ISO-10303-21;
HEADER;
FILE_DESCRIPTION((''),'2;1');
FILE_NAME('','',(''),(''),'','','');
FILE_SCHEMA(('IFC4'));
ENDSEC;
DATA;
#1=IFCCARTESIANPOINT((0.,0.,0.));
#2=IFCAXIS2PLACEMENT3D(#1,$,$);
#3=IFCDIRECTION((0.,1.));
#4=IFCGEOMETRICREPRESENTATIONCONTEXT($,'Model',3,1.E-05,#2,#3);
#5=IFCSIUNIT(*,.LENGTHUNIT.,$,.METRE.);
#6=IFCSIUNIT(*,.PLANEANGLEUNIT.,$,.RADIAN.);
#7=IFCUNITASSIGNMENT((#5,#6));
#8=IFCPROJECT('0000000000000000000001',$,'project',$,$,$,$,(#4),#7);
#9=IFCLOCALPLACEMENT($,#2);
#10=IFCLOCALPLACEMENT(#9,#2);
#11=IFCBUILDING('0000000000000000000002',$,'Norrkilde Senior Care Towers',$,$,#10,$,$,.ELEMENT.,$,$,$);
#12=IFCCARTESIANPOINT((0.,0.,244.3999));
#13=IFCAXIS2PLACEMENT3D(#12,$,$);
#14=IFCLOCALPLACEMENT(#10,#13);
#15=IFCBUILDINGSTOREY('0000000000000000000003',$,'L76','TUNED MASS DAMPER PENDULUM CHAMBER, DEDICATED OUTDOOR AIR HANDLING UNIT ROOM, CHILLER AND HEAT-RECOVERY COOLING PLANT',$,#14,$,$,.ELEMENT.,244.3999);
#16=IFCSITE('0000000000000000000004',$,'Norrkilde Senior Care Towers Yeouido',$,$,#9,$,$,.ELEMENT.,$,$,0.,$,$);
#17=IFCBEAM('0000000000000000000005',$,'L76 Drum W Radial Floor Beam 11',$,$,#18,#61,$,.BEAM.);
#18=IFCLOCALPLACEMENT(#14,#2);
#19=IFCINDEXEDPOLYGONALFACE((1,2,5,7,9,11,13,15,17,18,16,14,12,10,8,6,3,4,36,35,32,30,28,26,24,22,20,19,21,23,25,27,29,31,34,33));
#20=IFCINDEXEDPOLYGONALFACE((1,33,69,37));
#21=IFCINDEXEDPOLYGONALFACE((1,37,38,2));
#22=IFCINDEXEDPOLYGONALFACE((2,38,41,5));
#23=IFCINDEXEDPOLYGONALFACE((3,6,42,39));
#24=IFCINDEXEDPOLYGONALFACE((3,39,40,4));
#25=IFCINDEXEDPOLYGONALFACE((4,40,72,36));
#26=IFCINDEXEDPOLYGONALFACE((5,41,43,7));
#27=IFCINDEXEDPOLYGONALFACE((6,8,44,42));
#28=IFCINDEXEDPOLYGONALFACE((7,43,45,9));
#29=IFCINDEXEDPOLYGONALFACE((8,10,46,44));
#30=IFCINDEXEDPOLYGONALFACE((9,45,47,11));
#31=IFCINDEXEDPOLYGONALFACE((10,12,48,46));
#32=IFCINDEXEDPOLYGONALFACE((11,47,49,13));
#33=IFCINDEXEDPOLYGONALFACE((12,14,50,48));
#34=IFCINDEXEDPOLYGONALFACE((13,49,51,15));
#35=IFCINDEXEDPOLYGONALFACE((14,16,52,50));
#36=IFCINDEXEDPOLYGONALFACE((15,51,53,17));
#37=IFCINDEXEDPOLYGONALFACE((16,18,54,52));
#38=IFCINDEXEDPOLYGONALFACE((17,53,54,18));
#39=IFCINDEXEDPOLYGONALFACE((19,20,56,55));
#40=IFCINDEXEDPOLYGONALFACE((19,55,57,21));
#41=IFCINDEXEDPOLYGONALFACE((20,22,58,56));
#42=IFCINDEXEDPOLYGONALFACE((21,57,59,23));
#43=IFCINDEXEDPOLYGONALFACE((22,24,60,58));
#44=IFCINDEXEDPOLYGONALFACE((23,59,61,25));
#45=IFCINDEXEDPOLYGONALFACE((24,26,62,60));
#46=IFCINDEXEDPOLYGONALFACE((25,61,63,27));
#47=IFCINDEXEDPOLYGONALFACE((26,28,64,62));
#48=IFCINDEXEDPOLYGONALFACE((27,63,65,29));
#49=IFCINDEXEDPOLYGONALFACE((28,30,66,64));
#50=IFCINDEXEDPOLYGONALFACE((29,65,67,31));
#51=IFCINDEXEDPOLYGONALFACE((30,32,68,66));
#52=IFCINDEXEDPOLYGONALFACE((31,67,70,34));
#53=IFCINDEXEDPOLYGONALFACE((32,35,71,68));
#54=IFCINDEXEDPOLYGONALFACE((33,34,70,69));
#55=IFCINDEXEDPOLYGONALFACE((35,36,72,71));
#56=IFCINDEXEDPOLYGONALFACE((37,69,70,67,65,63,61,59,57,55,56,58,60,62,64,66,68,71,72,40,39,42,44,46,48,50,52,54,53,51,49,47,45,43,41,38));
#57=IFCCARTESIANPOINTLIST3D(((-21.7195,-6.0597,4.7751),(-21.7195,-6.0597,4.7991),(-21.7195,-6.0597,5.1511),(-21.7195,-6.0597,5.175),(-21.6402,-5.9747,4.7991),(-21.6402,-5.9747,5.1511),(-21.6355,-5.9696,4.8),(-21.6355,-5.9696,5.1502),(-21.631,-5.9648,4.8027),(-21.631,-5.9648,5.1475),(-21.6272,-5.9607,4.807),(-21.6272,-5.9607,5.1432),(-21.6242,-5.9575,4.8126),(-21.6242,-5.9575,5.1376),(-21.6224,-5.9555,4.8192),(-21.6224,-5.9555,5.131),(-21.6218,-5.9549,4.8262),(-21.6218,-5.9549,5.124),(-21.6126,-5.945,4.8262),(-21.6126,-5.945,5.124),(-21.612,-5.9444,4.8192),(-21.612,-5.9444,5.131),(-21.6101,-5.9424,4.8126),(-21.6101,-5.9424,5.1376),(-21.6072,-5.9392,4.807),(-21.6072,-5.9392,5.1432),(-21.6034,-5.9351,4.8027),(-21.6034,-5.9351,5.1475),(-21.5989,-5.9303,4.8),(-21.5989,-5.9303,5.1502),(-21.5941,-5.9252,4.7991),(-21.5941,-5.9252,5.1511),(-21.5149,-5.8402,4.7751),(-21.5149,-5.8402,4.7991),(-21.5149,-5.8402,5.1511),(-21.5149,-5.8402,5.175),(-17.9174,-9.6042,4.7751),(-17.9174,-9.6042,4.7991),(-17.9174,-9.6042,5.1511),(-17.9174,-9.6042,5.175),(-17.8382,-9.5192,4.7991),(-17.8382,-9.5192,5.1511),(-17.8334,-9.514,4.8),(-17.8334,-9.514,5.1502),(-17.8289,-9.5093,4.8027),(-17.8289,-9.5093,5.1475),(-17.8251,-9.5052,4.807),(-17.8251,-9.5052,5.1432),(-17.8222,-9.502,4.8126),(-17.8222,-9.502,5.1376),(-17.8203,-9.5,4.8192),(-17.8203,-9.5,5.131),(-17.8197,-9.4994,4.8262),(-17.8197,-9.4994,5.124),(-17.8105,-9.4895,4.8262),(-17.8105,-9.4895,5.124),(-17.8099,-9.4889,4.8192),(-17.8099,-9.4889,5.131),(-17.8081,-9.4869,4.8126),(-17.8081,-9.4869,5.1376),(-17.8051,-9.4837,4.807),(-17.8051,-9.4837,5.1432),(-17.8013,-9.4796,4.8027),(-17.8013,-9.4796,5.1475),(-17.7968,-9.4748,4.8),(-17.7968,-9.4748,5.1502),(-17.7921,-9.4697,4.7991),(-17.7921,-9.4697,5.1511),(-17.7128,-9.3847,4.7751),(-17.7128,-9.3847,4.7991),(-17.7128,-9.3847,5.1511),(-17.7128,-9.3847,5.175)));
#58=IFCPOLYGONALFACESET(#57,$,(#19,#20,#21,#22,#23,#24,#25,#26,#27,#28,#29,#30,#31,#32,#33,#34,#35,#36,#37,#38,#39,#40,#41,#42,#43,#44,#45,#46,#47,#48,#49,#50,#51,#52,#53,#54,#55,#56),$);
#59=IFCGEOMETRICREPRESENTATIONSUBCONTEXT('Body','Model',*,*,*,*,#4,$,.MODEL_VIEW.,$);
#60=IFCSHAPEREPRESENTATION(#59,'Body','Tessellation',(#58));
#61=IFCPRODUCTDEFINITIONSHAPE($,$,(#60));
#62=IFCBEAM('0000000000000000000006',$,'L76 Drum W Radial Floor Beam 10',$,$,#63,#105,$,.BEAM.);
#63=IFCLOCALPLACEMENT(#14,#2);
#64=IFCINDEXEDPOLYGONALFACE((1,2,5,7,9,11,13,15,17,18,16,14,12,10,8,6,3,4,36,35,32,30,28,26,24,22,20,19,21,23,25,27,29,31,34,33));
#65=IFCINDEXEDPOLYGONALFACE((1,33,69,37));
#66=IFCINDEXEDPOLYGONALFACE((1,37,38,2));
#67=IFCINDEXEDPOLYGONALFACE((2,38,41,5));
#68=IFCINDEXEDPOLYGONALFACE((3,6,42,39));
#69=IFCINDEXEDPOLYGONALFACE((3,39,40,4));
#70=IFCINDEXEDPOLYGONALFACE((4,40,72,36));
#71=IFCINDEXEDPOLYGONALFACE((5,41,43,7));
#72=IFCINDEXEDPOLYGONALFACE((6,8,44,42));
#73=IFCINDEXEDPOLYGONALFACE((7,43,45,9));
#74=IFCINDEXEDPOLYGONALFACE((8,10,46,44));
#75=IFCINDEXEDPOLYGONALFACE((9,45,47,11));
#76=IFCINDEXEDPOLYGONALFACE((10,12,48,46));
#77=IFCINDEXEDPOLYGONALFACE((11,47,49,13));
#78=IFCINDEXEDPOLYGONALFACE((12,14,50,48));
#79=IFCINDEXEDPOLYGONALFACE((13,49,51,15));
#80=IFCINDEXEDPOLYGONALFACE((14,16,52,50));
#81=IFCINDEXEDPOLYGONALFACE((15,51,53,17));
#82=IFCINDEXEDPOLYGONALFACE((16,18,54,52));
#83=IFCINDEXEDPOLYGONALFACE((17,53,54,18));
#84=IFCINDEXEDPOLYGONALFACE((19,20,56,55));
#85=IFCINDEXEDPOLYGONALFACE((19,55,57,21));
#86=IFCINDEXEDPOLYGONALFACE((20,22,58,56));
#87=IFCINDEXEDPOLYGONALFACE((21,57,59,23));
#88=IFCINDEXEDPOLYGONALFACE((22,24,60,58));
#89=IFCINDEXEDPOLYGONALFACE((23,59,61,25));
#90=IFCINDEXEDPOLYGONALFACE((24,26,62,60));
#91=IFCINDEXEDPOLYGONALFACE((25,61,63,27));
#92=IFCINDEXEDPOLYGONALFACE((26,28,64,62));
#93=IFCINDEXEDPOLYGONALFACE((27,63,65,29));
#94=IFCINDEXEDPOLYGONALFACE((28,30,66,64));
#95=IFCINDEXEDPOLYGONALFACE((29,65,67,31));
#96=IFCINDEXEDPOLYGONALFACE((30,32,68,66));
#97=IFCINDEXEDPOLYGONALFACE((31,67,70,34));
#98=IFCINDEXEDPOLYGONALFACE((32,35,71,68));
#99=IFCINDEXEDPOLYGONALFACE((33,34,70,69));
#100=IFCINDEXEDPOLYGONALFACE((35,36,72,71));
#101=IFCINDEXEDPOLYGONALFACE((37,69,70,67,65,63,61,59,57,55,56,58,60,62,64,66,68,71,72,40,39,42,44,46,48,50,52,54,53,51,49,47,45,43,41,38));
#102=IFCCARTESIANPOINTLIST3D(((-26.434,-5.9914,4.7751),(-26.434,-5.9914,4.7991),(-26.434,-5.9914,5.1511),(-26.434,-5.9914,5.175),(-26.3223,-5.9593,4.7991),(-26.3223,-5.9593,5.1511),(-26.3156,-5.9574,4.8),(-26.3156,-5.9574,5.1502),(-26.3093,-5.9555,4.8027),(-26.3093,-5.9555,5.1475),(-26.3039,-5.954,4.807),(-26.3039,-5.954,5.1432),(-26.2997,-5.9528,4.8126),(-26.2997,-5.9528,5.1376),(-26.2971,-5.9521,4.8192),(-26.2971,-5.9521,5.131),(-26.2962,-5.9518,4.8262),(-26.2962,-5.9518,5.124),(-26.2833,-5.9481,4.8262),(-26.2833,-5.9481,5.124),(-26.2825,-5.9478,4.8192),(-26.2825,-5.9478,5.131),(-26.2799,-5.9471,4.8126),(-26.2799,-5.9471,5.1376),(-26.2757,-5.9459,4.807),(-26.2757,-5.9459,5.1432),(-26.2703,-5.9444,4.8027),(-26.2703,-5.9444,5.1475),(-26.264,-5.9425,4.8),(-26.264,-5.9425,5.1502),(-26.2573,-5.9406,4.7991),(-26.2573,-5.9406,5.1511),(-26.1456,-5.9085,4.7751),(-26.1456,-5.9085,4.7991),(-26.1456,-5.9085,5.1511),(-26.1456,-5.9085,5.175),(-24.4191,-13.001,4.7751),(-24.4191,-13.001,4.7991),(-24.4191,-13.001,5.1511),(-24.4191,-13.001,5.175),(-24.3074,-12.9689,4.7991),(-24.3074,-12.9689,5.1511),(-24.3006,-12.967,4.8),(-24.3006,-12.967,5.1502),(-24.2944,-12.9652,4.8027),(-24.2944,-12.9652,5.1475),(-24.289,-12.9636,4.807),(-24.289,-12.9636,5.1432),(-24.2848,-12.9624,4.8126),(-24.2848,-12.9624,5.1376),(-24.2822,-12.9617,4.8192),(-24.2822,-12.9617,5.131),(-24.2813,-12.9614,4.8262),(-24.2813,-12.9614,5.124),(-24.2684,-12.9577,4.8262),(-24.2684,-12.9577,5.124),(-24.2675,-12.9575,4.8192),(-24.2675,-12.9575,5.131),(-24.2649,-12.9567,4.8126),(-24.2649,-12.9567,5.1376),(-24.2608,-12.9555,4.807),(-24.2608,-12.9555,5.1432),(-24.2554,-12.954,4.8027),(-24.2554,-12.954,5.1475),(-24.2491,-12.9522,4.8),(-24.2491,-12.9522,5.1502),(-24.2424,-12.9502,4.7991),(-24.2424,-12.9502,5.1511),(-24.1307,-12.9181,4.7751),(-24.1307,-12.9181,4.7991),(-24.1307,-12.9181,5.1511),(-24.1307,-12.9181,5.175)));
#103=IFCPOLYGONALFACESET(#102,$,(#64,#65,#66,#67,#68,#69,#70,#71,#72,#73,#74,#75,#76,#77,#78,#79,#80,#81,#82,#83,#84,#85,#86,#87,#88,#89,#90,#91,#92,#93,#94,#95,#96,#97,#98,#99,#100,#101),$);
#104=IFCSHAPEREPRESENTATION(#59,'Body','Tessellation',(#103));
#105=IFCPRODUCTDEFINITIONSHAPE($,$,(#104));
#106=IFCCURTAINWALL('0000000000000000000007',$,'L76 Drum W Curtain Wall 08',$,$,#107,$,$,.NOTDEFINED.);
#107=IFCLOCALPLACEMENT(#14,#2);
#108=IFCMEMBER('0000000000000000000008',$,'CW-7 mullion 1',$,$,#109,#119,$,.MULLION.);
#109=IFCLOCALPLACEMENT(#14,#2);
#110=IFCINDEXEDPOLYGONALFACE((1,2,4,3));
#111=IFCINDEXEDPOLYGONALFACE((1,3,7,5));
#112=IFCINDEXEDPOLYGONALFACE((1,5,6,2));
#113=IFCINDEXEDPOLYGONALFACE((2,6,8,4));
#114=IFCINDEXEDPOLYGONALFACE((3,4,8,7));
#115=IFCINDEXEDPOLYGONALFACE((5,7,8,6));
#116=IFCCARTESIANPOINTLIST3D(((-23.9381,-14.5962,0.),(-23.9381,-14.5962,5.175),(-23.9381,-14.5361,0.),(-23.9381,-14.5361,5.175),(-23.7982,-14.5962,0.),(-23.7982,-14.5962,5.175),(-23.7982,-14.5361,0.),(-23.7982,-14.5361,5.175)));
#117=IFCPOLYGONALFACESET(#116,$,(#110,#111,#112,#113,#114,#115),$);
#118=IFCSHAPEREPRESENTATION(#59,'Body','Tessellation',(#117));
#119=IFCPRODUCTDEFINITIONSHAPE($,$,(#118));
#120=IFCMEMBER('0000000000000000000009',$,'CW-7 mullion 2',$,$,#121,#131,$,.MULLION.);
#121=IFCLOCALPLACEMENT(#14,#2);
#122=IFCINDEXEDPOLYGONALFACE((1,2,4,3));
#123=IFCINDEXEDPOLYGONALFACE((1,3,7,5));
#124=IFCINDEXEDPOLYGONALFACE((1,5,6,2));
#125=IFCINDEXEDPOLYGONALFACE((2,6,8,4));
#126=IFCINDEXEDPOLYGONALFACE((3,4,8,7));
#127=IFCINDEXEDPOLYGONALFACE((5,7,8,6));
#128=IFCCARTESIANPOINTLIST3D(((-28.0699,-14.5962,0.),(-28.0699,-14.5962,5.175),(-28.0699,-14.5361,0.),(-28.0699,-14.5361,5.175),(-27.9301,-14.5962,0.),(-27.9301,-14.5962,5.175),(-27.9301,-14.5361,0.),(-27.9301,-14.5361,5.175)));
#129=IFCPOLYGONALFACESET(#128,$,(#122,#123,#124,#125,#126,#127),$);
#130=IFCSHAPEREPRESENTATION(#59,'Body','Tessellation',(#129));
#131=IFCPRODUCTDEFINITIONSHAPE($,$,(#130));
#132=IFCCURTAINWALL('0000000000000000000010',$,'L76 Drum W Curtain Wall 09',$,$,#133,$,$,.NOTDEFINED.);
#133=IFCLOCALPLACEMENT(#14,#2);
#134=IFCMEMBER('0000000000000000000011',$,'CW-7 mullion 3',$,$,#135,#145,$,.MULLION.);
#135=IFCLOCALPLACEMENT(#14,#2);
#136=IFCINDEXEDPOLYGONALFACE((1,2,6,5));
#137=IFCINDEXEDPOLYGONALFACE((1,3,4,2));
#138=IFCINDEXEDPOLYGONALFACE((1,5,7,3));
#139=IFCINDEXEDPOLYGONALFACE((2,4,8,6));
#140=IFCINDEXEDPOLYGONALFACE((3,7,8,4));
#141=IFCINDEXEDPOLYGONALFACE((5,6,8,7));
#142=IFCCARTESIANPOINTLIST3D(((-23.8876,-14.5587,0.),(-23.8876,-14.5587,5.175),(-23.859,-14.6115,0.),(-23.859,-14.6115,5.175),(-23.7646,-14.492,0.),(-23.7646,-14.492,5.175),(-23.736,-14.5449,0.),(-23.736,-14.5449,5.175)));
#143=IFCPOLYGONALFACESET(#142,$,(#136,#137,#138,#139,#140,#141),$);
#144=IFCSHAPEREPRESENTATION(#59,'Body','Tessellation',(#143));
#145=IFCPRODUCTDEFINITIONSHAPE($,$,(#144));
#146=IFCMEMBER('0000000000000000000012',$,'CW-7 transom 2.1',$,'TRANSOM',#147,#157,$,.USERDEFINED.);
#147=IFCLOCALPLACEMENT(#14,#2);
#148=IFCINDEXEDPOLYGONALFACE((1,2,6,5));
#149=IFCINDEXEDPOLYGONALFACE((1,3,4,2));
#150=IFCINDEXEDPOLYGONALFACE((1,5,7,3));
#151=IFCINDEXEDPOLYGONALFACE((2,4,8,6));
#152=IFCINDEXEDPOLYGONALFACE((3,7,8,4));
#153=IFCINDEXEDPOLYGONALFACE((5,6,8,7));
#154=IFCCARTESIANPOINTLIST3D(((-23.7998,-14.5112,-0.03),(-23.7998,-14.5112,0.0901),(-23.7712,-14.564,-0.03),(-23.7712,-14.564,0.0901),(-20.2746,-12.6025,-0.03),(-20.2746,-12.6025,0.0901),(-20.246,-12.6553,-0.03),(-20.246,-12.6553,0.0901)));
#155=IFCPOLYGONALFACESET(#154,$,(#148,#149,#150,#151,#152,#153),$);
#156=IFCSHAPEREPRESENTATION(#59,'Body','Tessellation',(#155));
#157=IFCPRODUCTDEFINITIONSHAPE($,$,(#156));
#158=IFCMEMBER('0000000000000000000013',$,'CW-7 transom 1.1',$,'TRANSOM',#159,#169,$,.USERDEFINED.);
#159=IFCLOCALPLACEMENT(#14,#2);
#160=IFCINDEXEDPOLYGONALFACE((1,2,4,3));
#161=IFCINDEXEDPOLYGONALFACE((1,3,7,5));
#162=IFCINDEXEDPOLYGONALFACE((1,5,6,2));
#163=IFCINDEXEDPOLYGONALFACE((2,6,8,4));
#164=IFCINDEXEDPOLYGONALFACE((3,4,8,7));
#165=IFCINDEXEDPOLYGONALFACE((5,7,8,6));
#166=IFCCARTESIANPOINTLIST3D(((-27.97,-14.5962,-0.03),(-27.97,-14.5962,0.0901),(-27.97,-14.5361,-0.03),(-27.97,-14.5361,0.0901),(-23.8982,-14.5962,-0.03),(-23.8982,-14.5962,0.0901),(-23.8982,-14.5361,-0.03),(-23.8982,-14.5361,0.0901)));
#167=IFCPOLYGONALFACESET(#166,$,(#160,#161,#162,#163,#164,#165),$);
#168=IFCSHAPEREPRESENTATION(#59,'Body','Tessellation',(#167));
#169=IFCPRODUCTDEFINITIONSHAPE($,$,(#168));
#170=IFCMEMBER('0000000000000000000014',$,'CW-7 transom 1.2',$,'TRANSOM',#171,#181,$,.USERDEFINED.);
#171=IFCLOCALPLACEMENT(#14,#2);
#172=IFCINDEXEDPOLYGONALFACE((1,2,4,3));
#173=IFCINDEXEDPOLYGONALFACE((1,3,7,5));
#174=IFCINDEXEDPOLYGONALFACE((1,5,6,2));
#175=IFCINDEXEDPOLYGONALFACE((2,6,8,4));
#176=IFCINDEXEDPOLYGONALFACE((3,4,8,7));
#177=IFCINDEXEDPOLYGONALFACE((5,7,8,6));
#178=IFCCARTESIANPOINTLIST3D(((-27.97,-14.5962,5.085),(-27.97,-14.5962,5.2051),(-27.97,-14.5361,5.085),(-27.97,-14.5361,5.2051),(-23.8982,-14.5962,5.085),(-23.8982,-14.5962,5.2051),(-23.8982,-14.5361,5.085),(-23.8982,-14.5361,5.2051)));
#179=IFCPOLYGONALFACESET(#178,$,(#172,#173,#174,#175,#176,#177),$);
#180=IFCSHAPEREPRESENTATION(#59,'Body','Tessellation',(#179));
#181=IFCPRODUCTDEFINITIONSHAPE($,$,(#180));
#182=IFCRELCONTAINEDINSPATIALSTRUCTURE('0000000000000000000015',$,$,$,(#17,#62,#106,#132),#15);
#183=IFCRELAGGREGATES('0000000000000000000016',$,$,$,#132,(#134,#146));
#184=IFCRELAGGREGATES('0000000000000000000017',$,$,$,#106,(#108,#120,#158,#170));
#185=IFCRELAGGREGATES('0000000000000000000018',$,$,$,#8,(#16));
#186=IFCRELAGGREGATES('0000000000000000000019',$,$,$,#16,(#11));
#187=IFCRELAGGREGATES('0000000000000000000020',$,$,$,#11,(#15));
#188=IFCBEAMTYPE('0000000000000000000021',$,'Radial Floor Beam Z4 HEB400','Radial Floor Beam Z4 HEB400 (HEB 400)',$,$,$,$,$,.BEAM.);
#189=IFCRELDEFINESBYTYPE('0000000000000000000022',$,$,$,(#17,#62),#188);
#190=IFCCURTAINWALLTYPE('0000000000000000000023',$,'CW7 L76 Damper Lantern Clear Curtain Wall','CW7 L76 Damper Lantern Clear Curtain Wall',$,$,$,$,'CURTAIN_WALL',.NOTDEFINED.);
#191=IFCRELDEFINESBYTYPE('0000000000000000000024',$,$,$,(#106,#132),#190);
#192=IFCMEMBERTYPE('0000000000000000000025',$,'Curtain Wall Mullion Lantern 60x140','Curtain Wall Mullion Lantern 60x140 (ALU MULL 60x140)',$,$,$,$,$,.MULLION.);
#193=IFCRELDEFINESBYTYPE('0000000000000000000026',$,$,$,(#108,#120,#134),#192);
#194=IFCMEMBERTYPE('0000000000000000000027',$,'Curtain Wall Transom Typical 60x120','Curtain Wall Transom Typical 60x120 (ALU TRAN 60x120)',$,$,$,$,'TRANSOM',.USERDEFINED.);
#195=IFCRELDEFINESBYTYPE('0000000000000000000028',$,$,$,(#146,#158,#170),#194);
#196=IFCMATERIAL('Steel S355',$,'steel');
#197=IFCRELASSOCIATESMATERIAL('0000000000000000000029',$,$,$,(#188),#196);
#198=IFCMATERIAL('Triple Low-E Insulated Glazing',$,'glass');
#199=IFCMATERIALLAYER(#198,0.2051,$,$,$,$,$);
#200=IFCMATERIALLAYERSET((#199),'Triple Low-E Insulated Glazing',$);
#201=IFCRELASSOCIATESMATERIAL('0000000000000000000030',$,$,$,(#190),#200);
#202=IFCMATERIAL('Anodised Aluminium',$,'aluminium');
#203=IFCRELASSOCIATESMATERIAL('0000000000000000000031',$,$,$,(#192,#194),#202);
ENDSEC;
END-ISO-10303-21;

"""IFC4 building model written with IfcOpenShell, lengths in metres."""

from ifc_helpers import new_model, si_unit, direction, frame, origin, origin_2d, place, context, subcontext, project, spatial, rectangle, i_section, extrude, source, transform, mapped, material, layer, layer_set, material_profile, profile_set, type_object, type_shapes, element, aggregate, save


model = new_model("IFC4")

# Units and contexts
model_context = context("Model", 3, precision=1e-05, world=origin(), true_north=direction((0.0, 1.0)))
body_context = subcontext(model_context, "Body", "Model", "MODEL_VIEW")
ifc_project = project(units=[si_unit("LENGTHUNIT", "METRE"), si_unit("PLANEANGLEUNIT", "RADIAN")], contexts=[model_context])

# Site, building, storey
site_placement = place(None, origin())
site = spatial("IfcSite", under=ifc_project, at=site_placement, Name="Norrkilde Senior Care Towers Yeouido", CompositionType="ELEMENT", RefElevation=0.0)
building_placement = place(site_placement, origin())
building = spatial("IfcBuilding", under=site, at=building_placement, Name="Norrkilde Senior Care Towers", CompositionType="ELEMENT")
storey_placement = place(building_placement, frame((0.0, 0.0, 244.3999)))
storey = spatial("IfcBuildingStorey", under=building, at=storey_placement, Name="L76", Description="TUNED MASS DAMPER PENDULUM CHAMBER, DEDICATED OUTDOOR AIR HANDLING UNIT ROOM, CHILLER AND HEAT-RECOVERY COOLING PLANT", CompositionType="ELEMENT", Elevation=244.3999)

# Beams
ifc_material_1 = material(Name="Steel S355", Category="steel")
ifc_material_profile_1 = material_profile(ifc_material_1, i_section(OverallWidth=0.3, OverallDepth=0.3999, WebThickness=0.0134, FlangeThickness=0.0239, FilletRadius=0.0271, at=origin_2d()), Name="HEB 400")
ifc_profile_set_1 = profile_set([ifc_material_profile_1], Name="Steel S355")
beam_type_1 = type_object("IfcBeamType", Name="Radial Floor Beam Z4 HEB400", Description="Radial Floor Beam Z4 HEB400 (HEB 400)", PredefinedType="BEAM", material=ifc_profile_set_1)
shared_shape_1 = source(origin(), body_context, "Body", "SweptSolid", [
    extrude(i_section(OverallWidth=0.3, OverallDepth=0.3999, WebThickness=0.0134, FlangeThickness=0.0239, FilletRadius=0.0271, at=origin_2d()), origin(), (0.0, 0.0, 1.0), 5.198),
])
beam_1_placement = place(storey_placement, frame((-21.6172, -5.95, 4.9751), z_axis=(0.731449, -0.681896, 0.0), x_axis=(0.681896, 0.731449, 0.0)))
element("IfcBeam", 1, at=beam_1_placement, inside=storey, type_object=beam_type_1, Name="L76 Drum W Radial Floor Beam 11", PredefinedType="BEAM", context=body_context, shape_type="MappedRepresentation", body=[
    mapped(shared_shape_1, transform((0.0, 0.0, 0.0), x_axis=(1.0, 0.0, 0.0), y_axis=(0.0, 1.0, 0.0), z_axis=(0.0, 0.0, 1.0), scale=1.0)),
])
shared_shape_2 = source(origin(), body_context, "Body", "SweptSolid", [
    extrude(i_section(OverallWidth=0.3, OverallDepth=0.3999, WebThickness=0.0134, FlangeThickness=0.0239, FilletRadius=0.0271, at=origin_2d()), origin(), (0.0, 0.0, 1.0), 7.2935),
])
beam_2_placement = place(storey_placement, frame((-26.2898, -5.95, 4.9751), z_axis=(0.276264, -0.961082, 0.0), x_axis=(0.961082, 0.276264, 0.0)))
element("IfcBeam", 2, at=beam_2_placement, inside=storey, type_object=beam_type_1, Name="L76 Drum W Radial Floor Beam 10", PredefinedType="BEAM", context=body_context, shape_type="MappedRepresentation", body=[
    mapped(shared_shape_2, transform((0.0, 0.0, 0.0), x_axis=(1.0, 0.0, 0.0), y_axis=(0.0, 1.0, 0.0), z_axis=(0.0, 0.0, 1.0), scale=1.0)),
])

# Curtain walls, members
ifc_material_2 = material(Name="Triple Low-E Insulated Glazing", Category="glass")
ifc_layer_1 = layer(ifc_material_2, 0.2051)
ifc_layer_set_1 = layer_set([ifc_layer_1], Name="Triple Low-E Insulated Glazing")
curtain_wall_type = type_object("IfcCurtainWallType", Name="CW7 L76 Damper Lantern Clear Curtain Wall", Description="CW7 L76 Damper Lantern Clear Curtain Wall", ElementType="CURTAIN_WALL", PredefinedType="NOTDEFINED", material=ifc_layer_set_1)
curtain_wall_1_placement = place(storey_placement, origin())
curtain_wall_1 = element("IfcCurtainWall", 3, at=curtain_wall_1_placement, inside=storey, type_object=curtain_wall_type, Name="L76 Drum W Curtain Wall 08", PredefinedType="NOTDEFINED")
ifc_material_3 = material(Name="Anodised Aluminium", Category="aluminium")
ifc_material_profile_2 = material_profile(ifc_material_3, rectangle(XDim=0.0601, YDim=0.1399, at=origin_2d()), Name="ALU MULL 60x140")
ifc_profile_set_2 = profile_set([ifc_material_profile_2], Name="Anodised Aluminium")
member_type_1 = type_object("IfcMemberType", Name="Curtain Wall Mullion Lantern 60x140", Description="Curtain Wall Mullion Lantern 60x140 (ALU MULL 60x140)", PredefinedType="MULLION", material=ifc_profile_set_2)
shared_shape_3 = source(origin(), body_context, "Body", "SweptSolid", [
    extrude(rectangle(XDim=0.0601, YDim=0.1399, at=origin_2d()), origin(), (0.0, 0.0, 1.0), 5.175),
])
type_shapes(member_type_1, [shared_shape_3])
member_1_placement = place(storey_placement, frame((-23.8682, -14.5662, 0.0), z_axis=(0.0, 0.0, 1.0), x_axis=(0.0, -1.0, 0.0)))
member_1 = element("IfcMember", 4, at=member_1_placement, type_object=member_type_1, Name="CW-7 mullion 1", PredefinedType="MULLION", context=body_context, shape_type="MappedRepresentation", body=[
    mapped(shared_shape_3, transform((0.0, 0.0, 0.0), x_axis=(1.0, 0.0, 0.0), y_axis=(0.0, 1.0, 0.0), z_axis=(0.0, 0.0, 1.0), scale=1.0)),
])
member_2_placement = place(storey_placement, frame((-28.0, -14.5662, 0.0), z_axis=(0.0, 0.0, 1.0), x_axis=(0.0, -1.0, 0.0)))
member_2 = element("IfcMember", 5, at=member_2_placement, type_object=member_type_1, Name="CW-7 mullion 2", PredefinedType="MULLION", context=body_context, shape_type="MappedRepresentation", body=[
    mapped(shared_shape_3, transform((0.0, 0.0, 0.0), x_axis=(1.0, 0.0, 0.0), y_axis=(0.0, 1.0, 0.0), z_axis=(0.0, 0.0, 1.0), scale=1.0)),
])
curtain_wall_2_placement = place(storey_placement, origin())
curtain_wall_2 = element("IfcCurtainWall", 6, at=curtain_wall_2_placement, inside=storey, type_object=curtain_wall_type, Name="L76 Drum W Curtain Wall 09", PredefinedType="NOTDEFINED")
member_3_placement = place(storey_placement, frame((-23.8118, -14.5518, 0.0), z_axis=(0.0, 0.0, 1.0), x_axis=(0.476133, -0.879373, 0.0)))
member_3 = element("IfcMember", 7, at=member_3_placement, type_object=member_type_1, Name="CW-7 mullion 3", PredefinedType="MULLION", context=body_context, shape_type="MappedRepresentation", body=[
    mapped(shared_shape_3, transform((0.0, 0.0, 0.0), x_axis=(1.0, 0.0, 0.0), y_axis=(0.0, 1.0, 0.0), z_axis=(0.0, 0.0, 1.0), scale=1.0)),
])
ifc_material_profile_3 = material_profile(ifc_material_3, rectangle(XDim=0.0601, YDim=0.1201, at=origin_2d()), Name="ALU TRAN 60x120")
ifc_profile_set_3 = profile_set([ifc_material_profile_3], Name="Anodised Aluminium")
member_type_2 = type_object("IfcMemberType", Name="Curtain Wall Transom Typical 60x120", Description="Curtain Wall Transom Typical 60x120 (ALU TRAN 60x120)", ElementType="TRANSOM", PredefinedType="USERDEFINED", material=ifc_profile_set_3)
shared_shape_4 = source(origin(), body_context, "Body", "SweptSolid", [
    extrude(rectangle(XDim=0.0601, YDim=0.1201, at=origin_2d()), origin(), (0.0, 0.0, 1.0), 4.0088),
])
member_4_placement = place(storey_placement, frame((-20.2603, -12.6289, 0.03), z_axis=(-0.879372, -0.476136, 0.0), x_axis=(0.476136, -0.879372, 0.0)))
member_4 = element("IfcMember", 8, at=member_4_placement, type_object=member_type_2, Name="CW-7 transom 2.1", ObjectType="TRANSOM", PredefinedType="USERDEFINED", context=body_context, shape_type="MappedRepresentation", body=[
    mapped(shared_shape_4, transform((0.0, 0.0, 0.0), x_axis=(1.0, 0.0, 0.0), y_axis=(0.0, 1.0, 0.0), z_axis=(0.0, 0.0, 1.0), scale=1.0)),
])

# Members
shared_shape_5 = source(origin(), body_context, "Body", "SweptSolid", [
    extrude(rectangle(XDim=0.0601, YDim=0.1201, at=origin_2d()), origin(), (0.0, 0.0, 1.0), 4.0718),
])
type_shapes(member_type_2, [shared_shape_4, shared_shape_5])
member_5_placement = place(storey_placement, frame((-23.8982, -14.5662, 0.03), z_axis=(-1.0, 0.0, 0.0), x_axis=(0.0, -1.0, 0.0)))
member_5 = element("IfcMember", 9, at=member_5_placement, type_object=member_type_2, Name="CW-7 transom 1.1", ObjectType="TRANSOM", PredefinedType="USERDEFINED", context=body_context, shape_type="MappedRepresentation", body=[
    mapped(shared_shape_5, transform((0.0, 0.0, 0.0), x_axis=(1.0, 0.0, 0.0), y_axis=(0.0, 1.0, 0.0), z_axis=(0.0, 0.0, 1.0), scale=1.0)),
])
member_6_placement = place(storey_placement, frame((-23.8982, -14.5662, 5.145), z_axis=(-1.0, 0.0, 0.0), x_axis=(0.0, -1.0, 0.0)))
member_6 = element("IfcMember", 10, at=member_6_placement, type_object=member_type_2, Name="CW-7 transom 1.2", ObjectType="TRANSOM", PredefinedType="USERDEFINED", context=body_context, shape_type="MappedRepresentation", body=[
    mapped(shared_shape_5, transform((0.0, 0.0, 0.0), x_axis=(1.0, 0.0, 0.0), y_axis=(0.0, 1.0, 0.0), z_axis=(0.0, 0.0, 1.0), scale=1.0)),
])

aggregate(curtain_wall_2, [member_3, member_4])
aggregate(curtain_wall_1, [member_1, member_2, member_5, member_6])

save(model, "model.ifc")
